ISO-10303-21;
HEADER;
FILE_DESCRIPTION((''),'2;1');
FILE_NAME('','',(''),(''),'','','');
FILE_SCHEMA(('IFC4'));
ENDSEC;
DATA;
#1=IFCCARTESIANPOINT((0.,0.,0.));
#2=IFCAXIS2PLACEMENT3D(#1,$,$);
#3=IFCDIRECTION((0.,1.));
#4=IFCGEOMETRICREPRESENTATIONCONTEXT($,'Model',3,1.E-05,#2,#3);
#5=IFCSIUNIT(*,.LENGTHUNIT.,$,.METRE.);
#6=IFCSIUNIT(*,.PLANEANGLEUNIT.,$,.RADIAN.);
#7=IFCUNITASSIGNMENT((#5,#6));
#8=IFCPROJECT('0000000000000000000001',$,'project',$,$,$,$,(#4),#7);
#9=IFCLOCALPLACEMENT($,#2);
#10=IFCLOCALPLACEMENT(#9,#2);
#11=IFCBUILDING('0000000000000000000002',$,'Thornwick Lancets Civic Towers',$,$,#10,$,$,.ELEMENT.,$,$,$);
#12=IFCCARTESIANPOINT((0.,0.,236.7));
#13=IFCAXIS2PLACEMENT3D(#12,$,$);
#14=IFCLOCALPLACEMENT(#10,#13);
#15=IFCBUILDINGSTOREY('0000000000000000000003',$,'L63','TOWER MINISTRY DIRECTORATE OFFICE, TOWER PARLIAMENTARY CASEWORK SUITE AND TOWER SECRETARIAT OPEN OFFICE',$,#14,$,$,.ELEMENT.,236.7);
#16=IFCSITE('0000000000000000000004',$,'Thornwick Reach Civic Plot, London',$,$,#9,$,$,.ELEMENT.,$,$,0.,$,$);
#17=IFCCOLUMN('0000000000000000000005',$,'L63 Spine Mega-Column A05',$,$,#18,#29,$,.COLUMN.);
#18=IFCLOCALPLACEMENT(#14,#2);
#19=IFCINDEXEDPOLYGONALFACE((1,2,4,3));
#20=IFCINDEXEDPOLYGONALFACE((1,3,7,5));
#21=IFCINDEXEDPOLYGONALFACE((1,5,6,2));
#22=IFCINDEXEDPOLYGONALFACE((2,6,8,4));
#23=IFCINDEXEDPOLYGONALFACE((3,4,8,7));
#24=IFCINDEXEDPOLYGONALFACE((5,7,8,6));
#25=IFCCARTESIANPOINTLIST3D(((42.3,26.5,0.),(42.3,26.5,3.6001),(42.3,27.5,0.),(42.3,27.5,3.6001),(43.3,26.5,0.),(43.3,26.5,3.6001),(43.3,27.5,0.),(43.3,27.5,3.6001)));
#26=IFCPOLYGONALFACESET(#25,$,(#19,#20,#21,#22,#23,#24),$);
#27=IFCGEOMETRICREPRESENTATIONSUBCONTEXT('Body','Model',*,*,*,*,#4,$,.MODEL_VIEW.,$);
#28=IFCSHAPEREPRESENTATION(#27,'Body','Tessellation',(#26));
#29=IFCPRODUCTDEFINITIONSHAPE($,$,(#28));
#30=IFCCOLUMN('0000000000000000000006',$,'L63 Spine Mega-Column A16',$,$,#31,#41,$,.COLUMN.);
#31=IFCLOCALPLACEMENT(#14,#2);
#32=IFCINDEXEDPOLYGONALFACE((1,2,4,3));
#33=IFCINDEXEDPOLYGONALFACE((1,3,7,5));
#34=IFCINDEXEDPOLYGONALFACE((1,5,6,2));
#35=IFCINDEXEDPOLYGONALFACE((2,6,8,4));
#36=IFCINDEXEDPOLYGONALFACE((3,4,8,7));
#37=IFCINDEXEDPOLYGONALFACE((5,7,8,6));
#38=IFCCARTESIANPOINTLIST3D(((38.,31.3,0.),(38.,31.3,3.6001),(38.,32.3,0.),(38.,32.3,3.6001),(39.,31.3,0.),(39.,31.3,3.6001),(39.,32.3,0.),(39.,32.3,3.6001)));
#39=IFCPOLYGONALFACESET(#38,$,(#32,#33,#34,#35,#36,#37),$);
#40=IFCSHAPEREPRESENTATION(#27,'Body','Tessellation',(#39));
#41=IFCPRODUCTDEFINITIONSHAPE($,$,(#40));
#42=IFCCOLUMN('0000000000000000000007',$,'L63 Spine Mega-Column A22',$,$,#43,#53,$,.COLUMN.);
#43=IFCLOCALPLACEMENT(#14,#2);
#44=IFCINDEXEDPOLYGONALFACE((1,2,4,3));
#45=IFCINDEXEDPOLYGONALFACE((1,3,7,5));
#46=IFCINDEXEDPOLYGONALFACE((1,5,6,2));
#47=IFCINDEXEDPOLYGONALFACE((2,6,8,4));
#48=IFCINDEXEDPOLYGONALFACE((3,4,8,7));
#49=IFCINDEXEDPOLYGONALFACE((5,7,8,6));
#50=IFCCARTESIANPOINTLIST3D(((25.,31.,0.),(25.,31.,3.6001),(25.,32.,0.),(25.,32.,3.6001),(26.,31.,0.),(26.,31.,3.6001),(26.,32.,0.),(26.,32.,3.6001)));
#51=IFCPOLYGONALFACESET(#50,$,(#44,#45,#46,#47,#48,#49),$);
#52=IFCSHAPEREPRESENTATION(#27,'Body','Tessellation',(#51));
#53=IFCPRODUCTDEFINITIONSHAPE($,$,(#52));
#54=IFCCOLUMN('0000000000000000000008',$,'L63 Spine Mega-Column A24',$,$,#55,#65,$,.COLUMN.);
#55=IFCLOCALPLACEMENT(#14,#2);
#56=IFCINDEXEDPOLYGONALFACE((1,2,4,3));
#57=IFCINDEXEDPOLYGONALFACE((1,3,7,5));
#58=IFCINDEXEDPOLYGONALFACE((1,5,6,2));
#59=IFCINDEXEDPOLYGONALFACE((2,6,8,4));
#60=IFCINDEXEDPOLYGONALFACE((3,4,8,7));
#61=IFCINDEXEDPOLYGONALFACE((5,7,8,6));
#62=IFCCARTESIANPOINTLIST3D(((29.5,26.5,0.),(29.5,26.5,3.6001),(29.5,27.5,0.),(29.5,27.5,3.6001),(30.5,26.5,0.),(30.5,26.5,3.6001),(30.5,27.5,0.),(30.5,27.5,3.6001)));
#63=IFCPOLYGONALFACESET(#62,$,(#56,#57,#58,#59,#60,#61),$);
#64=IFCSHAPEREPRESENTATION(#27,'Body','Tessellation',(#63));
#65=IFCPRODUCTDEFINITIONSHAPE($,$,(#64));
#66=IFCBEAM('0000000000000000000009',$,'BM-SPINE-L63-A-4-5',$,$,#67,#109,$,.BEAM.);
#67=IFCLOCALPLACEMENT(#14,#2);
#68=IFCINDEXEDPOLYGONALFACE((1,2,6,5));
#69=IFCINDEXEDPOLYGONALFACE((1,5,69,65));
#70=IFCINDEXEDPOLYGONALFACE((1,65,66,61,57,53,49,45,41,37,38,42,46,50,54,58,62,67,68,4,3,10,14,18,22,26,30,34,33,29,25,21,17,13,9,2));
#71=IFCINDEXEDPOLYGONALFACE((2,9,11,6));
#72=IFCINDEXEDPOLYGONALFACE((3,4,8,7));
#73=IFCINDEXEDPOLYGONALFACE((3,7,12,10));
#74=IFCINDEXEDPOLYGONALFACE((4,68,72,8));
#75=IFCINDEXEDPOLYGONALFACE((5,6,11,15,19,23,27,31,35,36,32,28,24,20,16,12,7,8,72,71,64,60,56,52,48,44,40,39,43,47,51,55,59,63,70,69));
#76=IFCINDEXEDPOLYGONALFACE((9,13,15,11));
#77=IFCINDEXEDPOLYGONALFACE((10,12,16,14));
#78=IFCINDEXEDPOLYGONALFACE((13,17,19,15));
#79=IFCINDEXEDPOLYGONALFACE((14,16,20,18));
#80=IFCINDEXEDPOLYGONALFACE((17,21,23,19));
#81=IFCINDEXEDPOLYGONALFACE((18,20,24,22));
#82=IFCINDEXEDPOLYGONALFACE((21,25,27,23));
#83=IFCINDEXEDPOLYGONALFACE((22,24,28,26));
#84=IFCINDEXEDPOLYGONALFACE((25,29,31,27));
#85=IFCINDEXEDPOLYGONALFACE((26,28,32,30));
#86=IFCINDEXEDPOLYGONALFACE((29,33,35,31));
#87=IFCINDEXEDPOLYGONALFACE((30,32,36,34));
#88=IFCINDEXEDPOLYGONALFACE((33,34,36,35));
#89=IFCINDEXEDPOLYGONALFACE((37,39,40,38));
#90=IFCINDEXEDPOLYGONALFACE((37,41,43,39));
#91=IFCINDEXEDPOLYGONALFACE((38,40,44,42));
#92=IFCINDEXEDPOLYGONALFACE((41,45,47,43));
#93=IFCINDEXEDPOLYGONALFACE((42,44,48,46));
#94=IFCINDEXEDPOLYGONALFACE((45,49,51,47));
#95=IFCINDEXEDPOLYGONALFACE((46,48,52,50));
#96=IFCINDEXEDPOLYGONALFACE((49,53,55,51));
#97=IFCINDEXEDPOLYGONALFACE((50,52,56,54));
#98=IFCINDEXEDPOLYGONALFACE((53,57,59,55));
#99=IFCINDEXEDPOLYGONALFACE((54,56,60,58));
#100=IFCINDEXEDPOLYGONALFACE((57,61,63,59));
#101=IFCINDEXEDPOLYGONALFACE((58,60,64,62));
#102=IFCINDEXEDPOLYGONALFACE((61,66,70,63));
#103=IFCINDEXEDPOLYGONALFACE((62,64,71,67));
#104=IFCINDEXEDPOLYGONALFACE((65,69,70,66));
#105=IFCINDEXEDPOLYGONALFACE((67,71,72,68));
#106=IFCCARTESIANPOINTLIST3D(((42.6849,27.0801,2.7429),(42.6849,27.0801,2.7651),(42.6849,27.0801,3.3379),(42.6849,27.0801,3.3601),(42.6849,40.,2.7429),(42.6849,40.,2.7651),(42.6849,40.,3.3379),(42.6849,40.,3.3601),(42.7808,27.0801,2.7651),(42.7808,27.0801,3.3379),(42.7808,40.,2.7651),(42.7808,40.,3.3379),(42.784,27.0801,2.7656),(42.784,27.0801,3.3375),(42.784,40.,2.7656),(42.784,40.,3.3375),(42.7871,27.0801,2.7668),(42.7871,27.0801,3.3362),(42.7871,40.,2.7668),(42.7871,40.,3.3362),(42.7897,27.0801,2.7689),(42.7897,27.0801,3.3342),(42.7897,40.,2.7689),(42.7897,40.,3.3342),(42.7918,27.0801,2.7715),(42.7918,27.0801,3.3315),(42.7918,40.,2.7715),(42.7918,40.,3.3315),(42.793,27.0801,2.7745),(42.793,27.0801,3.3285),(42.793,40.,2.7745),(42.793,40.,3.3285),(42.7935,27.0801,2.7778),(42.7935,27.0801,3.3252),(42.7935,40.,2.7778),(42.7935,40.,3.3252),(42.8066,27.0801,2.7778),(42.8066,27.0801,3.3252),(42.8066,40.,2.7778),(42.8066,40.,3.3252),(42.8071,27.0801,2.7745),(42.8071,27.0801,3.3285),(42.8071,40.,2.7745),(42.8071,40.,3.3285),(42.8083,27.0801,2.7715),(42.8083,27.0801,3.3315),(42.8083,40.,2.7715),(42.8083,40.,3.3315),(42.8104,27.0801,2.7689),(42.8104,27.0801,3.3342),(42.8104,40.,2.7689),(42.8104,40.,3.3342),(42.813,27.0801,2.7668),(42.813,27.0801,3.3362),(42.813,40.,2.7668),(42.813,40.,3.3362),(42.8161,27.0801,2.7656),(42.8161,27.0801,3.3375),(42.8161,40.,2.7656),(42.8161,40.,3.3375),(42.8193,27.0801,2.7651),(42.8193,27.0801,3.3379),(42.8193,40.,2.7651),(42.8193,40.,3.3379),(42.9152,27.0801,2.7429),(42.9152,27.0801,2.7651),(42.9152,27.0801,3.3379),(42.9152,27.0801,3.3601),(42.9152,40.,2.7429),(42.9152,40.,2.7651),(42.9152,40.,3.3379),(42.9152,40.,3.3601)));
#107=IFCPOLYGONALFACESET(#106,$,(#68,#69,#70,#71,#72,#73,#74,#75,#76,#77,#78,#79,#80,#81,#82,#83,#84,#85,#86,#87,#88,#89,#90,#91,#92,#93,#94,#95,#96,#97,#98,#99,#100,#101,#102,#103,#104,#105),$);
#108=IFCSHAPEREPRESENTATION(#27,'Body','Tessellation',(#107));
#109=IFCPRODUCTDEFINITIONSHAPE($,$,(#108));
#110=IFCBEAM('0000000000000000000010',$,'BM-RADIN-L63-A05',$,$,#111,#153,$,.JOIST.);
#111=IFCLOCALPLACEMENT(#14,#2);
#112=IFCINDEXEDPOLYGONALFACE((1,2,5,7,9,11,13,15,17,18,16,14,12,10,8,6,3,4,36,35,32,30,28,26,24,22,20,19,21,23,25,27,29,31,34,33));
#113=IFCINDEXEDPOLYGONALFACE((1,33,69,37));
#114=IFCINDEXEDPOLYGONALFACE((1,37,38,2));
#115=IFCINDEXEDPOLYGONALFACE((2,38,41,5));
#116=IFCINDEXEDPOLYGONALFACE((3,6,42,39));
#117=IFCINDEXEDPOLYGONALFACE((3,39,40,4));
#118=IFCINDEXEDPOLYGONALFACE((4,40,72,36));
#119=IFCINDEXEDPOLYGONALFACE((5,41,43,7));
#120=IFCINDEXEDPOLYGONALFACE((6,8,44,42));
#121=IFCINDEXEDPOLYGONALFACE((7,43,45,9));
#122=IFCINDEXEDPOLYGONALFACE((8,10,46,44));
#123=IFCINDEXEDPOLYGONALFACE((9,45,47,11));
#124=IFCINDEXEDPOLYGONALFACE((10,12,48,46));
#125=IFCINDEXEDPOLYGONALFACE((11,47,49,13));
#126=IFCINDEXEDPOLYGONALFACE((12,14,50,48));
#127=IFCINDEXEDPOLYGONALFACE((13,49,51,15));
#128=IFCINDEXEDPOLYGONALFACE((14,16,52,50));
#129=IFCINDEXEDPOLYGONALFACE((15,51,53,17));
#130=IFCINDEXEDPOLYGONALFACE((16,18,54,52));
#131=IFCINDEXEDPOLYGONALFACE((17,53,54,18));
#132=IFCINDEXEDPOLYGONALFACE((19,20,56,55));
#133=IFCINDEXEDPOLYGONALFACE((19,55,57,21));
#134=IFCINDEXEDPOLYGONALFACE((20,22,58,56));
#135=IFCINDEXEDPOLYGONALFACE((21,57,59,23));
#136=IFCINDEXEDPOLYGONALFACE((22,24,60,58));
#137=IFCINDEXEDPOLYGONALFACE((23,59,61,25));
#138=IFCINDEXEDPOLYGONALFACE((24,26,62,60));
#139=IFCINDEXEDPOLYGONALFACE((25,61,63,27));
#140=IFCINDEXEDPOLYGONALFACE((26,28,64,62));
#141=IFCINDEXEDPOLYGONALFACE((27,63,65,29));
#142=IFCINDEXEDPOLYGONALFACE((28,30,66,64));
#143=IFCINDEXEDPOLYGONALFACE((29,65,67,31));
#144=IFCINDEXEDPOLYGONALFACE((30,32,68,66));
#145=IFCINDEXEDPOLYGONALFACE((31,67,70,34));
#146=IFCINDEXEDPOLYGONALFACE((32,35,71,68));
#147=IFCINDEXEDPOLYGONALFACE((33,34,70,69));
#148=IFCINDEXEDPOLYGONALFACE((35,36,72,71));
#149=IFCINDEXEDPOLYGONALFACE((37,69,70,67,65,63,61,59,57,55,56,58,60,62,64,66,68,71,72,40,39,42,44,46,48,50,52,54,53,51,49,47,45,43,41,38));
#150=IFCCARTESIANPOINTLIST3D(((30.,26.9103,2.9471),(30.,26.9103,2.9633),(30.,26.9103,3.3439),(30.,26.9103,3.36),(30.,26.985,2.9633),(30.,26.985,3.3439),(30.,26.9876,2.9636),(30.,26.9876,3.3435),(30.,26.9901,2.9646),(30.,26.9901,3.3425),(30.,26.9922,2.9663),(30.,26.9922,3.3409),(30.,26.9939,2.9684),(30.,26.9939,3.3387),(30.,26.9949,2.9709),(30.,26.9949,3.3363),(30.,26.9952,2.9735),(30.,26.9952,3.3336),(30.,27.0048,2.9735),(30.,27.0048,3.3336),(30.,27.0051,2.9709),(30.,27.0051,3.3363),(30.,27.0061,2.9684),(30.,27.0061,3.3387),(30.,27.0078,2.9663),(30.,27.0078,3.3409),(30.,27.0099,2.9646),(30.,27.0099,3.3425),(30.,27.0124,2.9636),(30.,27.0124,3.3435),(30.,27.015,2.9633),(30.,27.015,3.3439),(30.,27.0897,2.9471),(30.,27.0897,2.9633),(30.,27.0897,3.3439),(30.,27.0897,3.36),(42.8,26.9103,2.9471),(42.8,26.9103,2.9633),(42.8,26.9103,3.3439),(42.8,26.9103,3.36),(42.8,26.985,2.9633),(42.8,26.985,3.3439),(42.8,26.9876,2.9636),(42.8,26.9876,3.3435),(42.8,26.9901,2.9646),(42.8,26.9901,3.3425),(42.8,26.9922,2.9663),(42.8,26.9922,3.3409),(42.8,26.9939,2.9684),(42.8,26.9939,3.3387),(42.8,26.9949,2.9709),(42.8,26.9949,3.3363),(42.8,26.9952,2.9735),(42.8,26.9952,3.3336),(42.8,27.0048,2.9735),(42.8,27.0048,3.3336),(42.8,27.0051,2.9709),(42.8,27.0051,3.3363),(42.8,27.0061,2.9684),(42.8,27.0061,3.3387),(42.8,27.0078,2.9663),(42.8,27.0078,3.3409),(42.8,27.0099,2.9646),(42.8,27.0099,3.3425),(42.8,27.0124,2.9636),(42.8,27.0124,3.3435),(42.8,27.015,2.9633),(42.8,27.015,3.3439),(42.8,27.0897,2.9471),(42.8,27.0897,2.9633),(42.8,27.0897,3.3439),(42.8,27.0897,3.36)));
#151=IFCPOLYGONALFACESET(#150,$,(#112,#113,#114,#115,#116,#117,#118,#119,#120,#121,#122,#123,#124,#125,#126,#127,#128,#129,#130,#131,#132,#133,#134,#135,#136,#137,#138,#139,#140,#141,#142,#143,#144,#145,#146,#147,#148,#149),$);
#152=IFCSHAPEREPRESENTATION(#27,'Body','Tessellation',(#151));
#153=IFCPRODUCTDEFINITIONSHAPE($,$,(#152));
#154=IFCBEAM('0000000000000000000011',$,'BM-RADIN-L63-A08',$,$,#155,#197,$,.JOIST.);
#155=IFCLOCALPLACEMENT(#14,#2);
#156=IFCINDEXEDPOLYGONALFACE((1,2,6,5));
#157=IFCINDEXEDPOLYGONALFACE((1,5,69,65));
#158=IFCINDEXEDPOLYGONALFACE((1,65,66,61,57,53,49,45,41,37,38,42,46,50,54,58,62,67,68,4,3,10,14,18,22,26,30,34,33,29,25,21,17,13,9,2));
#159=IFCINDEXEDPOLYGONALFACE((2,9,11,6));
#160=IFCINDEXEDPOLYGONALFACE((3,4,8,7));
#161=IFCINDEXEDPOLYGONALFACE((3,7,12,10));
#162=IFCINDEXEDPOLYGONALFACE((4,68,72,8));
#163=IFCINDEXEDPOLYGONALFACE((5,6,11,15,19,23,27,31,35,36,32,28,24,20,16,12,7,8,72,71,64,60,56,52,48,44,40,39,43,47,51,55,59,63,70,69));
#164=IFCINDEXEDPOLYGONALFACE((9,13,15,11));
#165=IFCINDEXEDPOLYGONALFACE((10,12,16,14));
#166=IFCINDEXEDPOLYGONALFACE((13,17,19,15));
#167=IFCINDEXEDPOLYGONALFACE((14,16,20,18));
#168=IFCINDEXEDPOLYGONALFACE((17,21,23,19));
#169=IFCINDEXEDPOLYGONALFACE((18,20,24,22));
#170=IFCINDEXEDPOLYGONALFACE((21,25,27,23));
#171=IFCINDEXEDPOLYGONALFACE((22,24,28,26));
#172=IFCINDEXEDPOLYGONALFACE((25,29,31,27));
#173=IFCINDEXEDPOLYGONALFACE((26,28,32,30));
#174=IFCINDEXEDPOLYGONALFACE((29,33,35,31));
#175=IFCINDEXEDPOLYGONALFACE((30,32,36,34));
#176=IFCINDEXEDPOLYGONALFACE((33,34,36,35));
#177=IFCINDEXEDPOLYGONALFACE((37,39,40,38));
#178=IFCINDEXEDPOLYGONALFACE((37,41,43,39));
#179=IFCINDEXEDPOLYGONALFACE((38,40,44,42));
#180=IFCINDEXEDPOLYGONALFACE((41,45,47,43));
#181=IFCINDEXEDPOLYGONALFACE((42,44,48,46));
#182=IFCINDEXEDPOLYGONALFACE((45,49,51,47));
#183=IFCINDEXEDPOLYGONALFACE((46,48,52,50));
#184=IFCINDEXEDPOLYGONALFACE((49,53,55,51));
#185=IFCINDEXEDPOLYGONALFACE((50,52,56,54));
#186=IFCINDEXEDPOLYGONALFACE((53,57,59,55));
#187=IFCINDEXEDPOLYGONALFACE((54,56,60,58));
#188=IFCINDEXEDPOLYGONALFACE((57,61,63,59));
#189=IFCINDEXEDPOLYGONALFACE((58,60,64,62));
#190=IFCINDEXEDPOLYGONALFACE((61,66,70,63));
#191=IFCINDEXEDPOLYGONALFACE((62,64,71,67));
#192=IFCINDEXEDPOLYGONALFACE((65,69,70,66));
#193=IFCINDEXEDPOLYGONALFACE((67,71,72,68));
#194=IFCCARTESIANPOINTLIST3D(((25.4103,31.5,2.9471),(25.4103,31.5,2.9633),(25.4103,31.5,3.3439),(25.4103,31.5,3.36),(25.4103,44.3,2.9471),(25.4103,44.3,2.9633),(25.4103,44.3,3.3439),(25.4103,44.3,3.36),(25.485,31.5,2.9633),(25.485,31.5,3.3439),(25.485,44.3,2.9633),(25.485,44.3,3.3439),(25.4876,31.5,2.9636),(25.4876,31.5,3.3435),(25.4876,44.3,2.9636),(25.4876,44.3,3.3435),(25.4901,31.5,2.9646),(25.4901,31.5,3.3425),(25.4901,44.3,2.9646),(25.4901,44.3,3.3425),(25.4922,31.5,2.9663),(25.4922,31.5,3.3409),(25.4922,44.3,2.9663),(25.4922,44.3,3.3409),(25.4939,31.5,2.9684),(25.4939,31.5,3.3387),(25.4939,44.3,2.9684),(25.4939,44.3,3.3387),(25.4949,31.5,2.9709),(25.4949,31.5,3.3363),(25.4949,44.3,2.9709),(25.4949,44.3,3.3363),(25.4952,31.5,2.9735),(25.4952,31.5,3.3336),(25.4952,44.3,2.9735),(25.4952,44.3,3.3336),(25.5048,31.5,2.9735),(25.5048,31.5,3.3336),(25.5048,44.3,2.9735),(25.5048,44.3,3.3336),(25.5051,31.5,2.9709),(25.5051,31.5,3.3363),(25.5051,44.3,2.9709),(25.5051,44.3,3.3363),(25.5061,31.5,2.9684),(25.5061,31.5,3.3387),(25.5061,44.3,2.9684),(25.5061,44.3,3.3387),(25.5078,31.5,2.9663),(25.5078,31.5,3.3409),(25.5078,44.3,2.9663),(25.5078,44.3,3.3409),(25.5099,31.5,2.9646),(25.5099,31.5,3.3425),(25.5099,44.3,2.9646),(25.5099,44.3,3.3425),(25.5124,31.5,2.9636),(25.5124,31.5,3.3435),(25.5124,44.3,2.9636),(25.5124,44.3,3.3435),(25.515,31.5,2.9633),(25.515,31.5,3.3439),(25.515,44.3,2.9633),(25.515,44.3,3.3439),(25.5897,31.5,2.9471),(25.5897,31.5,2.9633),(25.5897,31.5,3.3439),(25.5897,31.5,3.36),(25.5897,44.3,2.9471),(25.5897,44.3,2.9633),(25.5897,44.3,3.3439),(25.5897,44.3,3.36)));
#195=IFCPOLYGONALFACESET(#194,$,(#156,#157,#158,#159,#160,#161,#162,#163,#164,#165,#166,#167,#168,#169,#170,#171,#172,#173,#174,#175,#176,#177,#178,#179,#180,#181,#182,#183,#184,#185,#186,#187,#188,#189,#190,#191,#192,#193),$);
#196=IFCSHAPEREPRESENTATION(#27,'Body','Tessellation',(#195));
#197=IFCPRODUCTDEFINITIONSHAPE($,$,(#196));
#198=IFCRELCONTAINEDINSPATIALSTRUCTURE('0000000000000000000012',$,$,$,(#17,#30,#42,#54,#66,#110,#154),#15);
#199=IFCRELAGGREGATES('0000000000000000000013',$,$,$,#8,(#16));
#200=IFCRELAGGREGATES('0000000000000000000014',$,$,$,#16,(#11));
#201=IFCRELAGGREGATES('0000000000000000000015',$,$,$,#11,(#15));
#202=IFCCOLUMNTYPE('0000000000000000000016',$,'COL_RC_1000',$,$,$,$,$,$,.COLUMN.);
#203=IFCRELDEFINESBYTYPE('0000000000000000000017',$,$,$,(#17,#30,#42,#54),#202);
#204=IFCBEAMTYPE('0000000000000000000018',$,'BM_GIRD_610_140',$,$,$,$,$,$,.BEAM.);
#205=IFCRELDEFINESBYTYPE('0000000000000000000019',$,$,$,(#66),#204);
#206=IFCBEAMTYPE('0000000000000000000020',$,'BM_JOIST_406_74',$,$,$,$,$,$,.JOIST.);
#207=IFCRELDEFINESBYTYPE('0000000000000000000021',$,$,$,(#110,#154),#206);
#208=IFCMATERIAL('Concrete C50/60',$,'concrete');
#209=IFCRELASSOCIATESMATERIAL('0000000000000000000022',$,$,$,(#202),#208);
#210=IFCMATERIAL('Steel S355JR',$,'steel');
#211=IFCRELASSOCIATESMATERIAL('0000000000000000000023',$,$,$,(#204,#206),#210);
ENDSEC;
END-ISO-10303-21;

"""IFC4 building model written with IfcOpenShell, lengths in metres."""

from ifc_helpers import new_model, si_unit, direction, frame, origin, origin_2d, place, context, subcontext, project, spatial, rectangle, i_section, extrude, material, material_profile, profile_set, type_object, element, save


model = new_model("IFC4")

# Units and contexts
model_context = context("Model", 3, precision=1e-05, world=origin(), true_north=direction((0.0, 1.0)))
body_context = subcontext(model_context, "Body", "Model", "MODEL_VIEW")
ifc_project = project(units=[si_unit("LENGTHUNIT", "METRE"), si_unit("PLANEANGLEUNIT", "RADIAN")], contexts=[model_context])

# Site, building, storey
site_placement = place(None, origin())
site = spatial("IfcSite", under=ifc_project, at=site_placement, Name="Thornwick Reach Civic Plot, London", CompositionType="ELEMENT", RefElevation=0.0)
building_placement = place(site_placement, origin())
building = spatial("IfcBuilding", under=site, at=building_placement, Name="Thornwick Lancets Civic Towers", CompositionType="ELEMENT")
storey_placement = place(building_placement, frame((0.0, 0.0, 236.7)))
storey = spatial("IfcBuildingStorey", under=building, at=storey_placement, Name="L63", Description="TOWER MINISTRY DIRECTORATE OFFICE, TOWER PARLIAMENTARY CASEWORK SUITE AND TOWER SECRETARIAT OPEN OFFICE", CompositionType="ELEMENT", Elevation=236.7)

# Columns
ifc_material_1 = material(Name="Concrete C50/60", Category="concrete")
ifc_material_profile_1 = material_profile(ifc_material_1, rectangle(XDim=1.0, YDim=1.0, at=origin_2d()), Name="RC 1000x1000")
ifc_profile_set_1 = profile_set([ifc_material_profile_1], Name="Concrete C50/60")
column_type = type_object("IfcColumnType", Name="COL_RC_1000", PredefinedType="COLUMN", material=ifc_profile_set_1)
for number, where, z_axis, x_axis, name in (
    (1, (42.8, 27.0, 0.0), (0.0, 0.0, 1.0), (1.0, 0.0, 0.0), "L63 Spine Mega-Column A05"),
    (2, (38.5, 31.8, 0.0), (0.0, 0.0, 1.0), (1.0, 0.0, 0.0), "L63 Spine Mega-Column A16"),
    (3, (25.5, 31.5, 0.0), (0.0, 0.0, 1.0), (1.0, 0.0, 0.0), "L63 Spine Mega-Column A22"),
    (4, (30.0, 27.0, 0.0), (0.0, 0.0, 1.0), (1.0, 0.0, 0.0), "L63 Spine Mega-Column A24"),
):
    element("IfcColumn", number, at=place(storey_placement, frame(where, z_axis=z_axis, x_axis=x_axis)), inside=storey, type_object=column_type, Name=name, PredefinedType="COLUMN", context=body_context, shape_type="SweptSolid", body=[
        extrude(rectangle(XDim=1.0, YDim=1.0, at=origin_2d()), origin(), (0.0, 0.0, 1.0), 3.6001),
    ])

# Beams
ifc_material_2 = material(Name="Steel S355JR", Category="steel")
ifc_material_profile_2 = material_profile(ifc_material_2, i_section(OverallWidth=0.2302, OverallDepth=0.6172, WebThickness=0.0132, FlangeThickness=0.0222, FilletRadius=0.0127, at=origin_2d()), Name="UKB 610x229x140")
ifc_profile_set_2 = profile_set([ifc_material_profile_2], Name="Steel S355JR")
beam_type_1 = type_object("IfcBeamType", Name="BM_GIRD_610_140", PredefinedType="BEAM", material=ifc_profile_set_2)
beam_1_placement = place(storey_placement, frame((42.8, 27.0801, 3.0515), z_axis=(0.0, 1.0, 0.0), x_axis=(-1.0, 0.0, 0.0)))
element("IfcBeam", 5, at=beam_1_placement, inside=storey, type_object=beam_type_1, Name="BM-SPINE-L63-A-4-5", PredefinedType="BEAM", context=body_context, shape_type="SweptSolid", body=[
    extrude(i_section(OverallWidth=0.2302, OverallDepth=0.6172, WebThickness=0.0132, FlangeThickness=0.0222, FilletRadius=0.0127, at=origin_2d()), origin(), (0.0, 0.0, 1.0), 12.9199),
])
ifc_material_profile_3 = material_profile(ifc_material_2, i_section(OverallWidth=0.1794, OverallDepth=0.4128, WebThickness=0.0095, FlangeThickness=0.0161, FilletRadius=0.0103, at=origin_2d()), Name="UKB 406x178x74")
ifc_profile_set_3 = profile_set([ifc_material_profile_3], Name="Steel S355JR")
beam_type_2 = type_object("IfcBeamType", Name="BM_JOIST_406_74", PredefinedType="JOIST", material=ifc_profile_set_3)
for number, where, z_axis, x_axis, name in (
    (6, (30.0, 27.0, 3.1536), (1.0, 0.0, 0.0), (0.0, 1.0, 0.0), "BM-RADIN-L63-A05"),
    (7, (25.5, 31.5, 3.1536), (0.0, 1.0, 0.0), (-1.0, 0.0, 0.0), "BM-RADIN-L63-A08"),
):
    element("IfcBeam", number, at=place(storey_placement, frame(where, z_axis=z_axis, x_axis=x_axis)), inside=storey, type_object=beam_type_2, Name=name, PredefinedType="JOIST", context=body_context, shape_type="SweptSolid", body=[
        extrude(i_section(OverallWidth=0.1794, OverallDepth=0.4128, WebThickness=0.0095, FlangeThickness=0.0161, FilletRadius=0.0103, at=origin_2d()), origin(), (0.0, 0.0, 1.0), 12.8),
    ])

save(model, "model.ifc")
